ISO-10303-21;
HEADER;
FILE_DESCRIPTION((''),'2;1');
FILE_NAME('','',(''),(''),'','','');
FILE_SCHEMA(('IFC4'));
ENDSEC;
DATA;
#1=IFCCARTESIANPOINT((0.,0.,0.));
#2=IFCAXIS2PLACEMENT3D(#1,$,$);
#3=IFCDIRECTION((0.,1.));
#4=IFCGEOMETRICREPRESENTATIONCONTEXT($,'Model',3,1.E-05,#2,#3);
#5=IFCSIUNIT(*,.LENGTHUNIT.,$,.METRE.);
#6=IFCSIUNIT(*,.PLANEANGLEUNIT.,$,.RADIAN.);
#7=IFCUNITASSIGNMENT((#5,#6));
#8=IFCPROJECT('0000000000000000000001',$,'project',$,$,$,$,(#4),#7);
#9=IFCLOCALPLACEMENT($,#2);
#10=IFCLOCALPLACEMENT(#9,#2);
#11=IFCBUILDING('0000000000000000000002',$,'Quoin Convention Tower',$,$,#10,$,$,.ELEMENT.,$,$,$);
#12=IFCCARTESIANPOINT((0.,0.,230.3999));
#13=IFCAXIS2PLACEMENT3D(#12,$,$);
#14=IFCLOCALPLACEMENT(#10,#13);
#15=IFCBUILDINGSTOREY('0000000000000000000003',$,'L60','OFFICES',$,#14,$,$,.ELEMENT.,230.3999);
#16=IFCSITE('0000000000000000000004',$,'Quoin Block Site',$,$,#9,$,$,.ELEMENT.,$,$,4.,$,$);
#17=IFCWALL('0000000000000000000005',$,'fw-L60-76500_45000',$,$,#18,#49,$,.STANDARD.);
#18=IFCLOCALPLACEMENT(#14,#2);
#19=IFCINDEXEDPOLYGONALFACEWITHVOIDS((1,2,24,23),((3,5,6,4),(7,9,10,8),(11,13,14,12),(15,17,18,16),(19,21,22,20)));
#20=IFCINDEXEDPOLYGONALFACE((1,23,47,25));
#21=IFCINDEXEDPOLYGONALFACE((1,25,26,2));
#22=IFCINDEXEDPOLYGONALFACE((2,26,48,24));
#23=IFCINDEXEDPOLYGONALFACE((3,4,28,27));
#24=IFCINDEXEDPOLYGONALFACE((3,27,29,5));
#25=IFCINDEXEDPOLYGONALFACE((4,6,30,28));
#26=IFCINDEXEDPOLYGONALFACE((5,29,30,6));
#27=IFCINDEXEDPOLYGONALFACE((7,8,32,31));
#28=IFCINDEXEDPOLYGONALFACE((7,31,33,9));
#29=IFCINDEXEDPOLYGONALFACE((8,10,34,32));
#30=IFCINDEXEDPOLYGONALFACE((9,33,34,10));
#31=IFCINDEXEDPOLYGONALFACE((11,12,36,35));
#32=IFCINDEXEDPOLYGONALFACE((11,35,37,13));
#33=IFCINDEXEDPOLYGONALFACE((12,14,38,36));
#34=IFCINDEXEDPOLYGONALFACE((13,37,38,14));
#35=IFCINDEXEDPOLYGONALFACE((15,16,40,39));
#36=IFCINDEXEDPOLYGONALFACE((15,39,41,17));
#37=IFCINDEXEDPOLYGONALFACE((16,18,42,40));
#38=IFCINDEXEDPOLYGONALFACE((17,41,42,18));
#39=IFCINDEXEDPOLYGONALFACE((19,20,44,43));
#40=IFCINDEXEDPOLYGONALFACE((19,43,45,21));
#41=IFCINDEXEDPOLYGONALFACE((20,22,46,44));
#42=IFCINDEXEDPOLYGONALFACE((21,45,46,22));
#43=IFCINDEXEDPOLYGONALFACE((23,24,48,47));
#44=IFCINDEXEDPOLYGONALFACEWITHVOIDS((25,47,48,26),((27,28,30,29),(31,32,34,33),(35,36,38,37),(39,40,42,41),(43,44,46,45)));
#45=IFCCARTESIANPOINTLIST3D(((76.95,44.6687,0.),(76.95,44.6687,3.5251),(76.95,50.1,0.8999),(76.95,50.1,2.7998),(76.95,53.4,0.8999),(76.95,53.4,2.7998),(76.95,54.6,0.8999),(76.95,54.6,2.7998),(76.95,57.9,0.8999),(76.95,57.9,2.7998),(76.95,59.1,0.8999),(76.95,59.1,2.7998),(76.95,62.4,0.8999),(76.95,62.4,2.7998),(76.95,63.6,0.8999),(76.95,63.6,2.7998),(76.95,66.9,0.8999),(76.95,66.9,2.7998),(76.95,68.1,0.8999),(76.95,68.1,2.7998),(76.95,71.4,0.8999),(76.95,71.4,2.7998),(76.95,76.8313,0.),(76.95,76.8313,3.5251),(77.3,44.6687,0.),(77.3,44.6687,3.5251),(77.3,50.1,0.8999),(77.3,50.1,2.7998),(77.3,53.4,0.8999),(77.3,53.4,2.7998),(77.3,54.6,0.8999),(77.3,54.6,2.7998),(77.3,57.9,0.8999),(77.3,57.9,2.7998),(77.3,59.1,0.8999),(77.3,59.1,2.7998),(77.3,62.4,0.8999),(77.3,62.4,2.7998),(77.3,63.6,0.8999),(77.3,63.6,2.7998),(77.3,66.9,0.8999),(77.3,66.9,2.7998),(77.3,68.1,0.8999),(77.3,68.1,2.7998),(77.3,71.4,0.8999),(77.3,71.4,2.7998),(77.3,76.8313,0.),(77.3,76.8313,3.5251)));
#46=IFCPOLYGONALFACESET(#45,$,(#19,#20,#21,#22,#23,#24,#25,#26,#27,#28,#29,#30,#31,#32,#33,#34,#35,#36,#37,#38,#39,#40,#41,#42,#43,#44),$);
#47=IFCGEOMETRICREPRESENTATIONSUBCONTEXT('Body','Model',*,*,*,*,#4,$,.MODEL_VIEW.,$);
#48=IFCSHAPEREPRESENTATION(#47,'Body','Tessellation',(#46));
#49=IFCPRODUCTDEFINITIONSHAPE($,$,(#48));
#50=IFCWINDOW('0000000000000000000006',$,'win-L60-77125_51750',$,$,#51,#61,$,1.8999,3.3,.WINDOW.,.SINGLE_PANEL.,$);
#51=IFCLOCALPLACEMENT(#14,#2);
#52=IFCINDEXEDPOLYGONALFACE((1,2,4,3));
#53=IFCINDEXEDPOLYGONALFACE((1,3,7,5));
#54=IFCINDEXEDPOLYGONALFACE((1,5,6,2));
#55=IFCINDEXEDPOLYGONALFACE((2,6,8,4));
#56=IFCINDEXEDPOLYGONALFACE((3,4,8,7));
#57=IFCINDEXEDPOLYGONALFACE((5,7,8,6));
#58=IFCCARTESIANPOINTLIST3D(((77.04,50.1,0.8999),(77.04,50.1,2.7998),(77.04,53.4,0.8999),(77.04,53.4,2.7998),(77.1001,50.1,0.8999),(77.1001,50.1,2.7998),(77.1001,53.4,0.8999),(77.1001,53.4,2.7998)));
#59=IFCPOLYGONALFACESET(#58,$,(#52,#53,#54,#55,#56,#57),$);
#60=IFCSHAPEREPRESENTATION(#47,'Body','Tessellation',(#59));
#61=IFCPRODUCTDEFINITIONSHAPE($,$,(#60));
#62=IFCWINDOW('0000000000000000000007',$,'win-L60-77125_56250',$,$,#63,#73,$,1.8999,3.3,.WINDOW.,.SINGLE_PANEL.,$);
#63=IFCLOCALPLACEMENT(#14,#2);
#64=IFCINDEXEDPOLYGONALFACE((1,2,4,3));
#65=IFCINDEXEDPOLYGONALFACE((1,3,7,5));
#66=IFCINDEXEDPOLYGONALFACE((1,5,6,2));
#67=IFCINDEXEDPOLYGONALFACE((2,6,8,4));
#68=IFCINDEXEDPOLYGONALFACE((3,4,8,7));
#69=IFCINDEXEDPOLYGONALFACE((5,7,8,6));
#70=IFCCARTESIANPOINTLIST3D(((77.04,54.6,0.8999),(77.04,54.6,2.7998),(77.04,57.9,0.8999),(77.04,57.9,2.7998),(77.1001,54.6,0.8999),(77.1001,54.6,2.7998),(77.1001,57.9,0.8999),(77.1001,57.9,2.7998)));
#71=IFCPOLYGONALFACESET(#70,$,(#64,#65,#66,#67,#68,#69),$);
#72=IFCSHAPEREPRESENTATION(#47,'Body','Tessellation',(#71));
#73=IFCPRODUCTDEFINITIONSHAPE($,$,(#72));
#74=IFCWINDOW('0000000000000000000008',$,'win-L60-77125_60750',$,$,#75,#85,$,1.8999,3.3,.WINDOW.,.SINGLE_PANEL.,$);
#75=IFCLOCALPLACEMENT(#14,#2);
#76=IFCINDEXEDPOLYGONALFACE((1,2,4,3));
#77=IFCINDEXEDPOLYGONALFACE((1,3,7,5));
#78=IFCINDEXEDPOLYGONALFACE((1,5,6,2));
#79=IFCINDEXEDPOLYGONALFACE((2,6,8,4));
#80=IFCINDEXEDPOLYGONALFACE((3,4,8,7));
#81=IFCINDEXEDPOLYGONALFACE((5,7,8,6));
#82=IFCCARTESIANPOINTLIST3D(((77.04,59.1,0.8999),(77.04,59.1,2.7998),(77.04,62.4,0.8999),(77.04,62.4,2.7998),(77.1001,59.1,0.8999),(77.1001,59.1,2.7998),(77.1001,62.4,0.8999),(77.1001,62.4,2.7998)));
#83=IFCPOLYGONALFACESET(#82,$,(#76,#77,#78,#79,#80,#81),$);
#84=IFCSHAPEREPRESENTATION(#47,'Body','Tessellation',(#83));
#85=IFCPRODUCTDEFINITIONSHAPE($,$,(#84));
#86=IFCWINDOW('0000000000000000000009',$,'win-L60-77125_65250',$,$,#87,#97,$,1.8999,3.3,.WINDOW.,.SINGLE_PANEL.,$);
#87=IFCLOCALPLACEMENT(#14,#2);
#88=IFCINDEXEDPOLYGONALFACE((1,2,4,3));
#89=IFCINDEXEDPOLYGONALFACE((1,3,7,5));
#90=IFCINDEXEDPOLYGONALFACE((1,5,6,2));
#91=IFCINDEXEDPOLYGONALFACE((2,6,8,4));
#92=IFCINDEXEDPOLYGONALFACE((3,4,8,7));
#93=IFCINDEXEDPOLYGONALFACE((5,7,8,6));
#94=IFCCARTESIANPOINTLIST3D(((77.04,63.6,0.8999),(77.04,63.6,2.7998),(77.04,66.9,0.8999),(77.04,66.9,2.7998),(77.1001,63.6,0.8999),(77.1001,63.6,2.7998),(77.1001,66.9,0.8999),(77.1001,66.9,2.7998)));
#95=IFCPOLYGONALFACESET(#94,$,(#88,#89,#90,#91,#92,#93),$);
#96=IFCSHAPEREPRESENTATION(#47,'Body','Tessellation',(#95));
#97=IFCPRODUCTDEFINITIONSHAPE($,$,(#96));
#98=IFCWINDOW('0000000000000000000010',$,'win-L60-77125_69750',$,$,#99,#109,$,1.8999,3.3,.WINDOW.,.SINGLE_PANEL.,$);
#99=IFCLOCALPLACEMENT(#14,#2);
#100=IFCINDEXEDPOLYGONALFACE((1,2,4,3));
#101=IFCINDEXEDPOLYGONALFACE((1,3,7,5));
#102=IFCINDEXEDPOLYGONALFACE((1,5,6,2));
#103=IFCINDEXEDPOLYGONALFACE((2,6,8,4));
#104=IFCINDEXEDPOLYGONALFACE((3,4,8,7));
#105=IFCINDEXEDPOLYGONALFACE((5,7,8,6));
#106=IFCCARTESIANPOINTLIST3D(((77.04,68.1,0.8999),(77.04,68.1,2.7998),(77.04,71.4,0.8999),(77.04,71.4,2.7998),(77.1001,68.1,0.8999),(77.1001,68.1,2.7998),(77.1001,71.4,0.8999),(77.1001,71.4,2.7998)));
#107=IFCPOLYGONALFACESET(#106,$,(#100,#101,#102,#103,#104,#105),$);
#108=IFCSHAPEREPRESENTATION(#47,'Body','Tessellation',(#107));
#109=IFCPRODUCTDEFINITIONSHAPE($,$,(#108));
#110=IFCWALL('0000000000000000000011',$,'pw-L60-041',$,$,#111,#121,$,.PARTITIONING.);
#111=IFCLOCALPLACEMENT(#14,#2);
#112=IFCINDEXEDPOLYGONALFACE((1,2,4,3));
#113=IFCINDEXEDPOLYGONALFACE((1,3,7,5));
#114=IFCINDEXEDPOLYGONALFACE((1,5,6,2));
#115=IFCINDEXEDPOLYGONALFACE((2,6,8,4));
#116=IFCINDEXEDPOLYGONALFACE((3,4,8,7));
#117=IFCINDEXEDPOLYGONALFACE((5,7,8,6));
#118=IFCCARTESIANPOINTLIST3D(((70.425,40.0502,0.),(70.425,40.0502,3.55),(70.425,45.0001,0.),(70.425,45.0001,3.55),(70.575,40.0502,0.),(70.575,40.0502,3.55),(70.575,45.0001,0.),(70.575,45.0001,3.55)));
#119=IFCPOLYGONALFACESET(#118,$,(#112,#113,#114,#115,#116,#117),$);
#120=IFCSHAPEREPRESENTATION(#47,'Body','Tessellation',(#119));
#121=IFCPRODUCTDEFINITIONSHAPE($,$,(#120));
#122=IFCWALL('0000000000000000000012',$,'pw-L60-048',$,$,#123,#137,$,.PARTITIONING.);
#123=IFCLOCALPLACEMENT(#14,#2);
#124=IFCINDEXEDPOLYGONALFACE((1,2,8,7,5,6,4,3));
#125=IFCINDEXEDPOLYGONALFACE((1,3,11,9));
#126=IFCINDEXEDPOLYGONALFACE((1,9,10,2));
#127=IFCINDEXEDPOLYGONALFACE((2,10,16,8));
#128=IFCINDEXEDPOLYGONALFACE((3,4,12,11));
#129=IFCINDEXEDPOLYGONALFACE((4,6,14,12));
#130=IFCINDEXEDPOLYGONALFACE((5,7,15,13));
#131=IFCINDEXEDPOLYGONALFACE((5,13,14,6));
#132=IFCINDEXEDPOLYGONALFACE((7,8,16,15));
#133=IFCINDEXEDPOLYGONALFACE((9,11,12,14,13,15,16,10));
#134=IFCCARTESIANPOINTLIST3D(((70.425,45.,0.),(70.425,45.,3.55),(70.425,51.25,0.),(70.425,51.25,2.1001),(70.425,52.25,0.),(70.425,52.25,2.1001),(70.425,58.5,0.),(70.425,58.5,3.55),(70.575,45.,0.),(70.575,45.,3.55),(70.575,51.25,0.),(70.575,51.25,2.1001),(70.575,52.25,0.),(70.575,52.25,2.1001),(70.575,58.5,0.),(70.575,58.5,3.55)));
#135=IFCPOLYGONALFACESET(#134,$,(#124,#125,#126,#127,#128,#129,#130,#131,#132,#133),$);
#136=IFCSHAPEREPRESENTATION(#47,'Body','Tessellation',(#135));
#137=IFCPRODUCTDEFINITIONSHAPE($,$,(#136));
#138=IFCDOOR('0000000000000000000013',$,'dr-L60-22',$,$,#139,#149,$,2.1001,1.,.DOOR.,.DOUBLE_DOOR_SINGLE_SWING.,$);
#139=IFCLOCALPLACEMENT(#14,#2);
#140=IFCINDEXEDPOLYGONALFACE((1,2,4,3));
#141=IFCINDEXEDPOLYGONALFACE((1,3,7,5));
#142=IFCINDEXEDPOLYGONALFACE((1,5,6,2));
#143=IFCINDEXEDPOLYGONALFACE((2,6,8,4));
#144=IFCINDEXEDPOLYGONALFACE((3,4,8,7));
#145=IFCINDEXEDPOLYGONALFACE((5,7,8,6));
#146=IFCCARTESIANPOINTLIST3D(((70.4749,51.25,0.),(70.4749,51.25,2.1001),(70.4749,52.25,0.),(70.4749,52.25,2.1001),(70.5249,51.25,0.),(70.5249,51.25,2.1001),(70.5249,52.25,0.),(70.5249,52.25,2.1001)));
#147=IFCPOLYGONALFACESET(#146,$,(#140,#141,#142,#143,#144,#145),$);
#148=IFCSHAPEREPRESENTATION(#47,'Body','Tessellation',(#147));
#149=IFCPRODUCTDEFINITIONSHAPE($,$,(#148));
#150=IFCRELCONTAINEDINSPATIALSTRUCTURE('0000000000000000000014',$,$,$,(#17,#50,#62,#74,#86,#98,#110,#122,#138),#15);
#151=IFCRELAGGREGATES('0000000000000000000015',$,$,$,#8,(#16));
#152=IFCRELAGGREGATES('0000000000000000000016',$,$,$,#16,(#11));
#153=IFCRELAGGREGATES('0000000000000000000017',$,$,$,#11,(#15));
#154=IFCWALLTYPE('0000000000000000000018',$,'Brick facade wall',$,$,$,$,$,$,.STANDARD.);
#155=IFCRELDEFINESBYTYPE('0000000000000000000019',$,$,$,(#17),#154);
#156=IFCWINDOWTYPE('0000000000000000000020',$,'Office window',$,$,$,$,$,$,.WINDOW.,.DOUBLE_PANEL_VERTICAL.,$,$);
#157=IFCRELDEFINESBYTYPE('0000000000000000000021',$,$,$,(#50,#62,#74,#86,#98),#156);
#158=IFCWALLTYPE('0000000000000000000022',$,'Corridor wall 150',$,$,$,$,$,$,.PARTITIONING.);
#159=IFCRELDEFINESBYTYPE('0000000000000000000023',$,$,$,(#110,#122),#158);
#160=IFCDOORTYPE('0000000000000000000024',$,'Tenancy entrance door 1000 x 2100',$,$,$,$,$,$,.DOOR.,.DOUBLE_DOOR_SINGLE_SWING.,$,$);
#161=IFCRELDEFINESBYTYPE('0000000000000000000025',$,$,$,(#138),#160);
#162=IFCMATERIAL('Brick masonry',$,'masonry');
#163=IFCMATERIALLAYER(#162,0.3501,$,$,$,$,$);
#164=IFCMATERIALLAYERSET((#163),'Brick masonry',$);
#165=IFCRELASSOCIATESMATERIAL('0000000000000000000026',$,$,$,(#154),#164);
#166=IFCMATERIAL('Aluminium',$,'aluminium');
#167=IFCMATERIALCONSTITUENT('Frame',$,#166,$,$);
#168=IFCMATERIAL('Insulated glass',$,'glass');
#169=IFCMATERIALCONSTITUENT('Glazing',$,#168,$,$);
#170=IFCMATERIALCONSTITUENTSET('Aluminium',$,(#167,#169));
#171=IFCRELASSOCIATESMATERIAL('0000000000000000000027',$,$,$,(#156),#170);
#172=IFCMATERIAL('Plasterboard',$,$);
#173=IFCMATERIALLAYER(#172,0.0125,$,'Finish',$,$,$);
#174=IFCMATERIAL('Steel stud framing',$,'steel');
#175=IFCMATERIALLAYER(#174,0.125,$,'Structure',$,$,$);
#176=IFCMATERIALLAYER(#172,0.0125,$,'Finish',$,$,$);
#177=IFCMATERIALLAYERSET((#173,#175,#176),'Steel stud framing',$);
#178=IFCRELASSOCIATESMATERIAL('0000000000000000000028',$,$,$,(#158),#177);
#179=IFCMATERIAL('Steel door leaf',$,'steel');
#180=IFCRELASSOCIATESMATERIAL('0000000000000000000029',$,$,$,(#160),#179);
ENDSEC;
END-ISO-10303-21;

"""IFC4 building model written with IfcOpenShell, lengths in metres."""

from ifc_helpers import new_model, si_unit, direction, frame, frame_2d, origin, place, context, subcontext, project, spatial, rectangle, extrude, material, layer, layer_set, constituent, constituent_set, type_object, element, fill, save


model = new_model("IFC4")

# Units and contexts
model_context = context("Model", 3, precision=1e-05, world=origin(), true_north=direction((0.0, 1.0)))
body_context = subcontext(model_context, "Body", "Model", "MODEL_VIEW")
ifc_project = project(units=[si_unit("LENGTHUNIT", "METRE"), si_unit("PLANEANGLEUNIT", "RADIAN")], contexts=[model_context])

# Site, building, storey
site_placement = place(None, origin())
site = spatial("IfcSite", under=ifc_project, at=site_placement, Name="Quoin Block Site", CompositionType="ELEMENT", RefElevation=4.0)
building_placement = place(site_placement, origin())
building = spatial("IfcBuilding", under=site, at=building_placement, Name="Quoin Convention Tower", CompositionType="ELEMENT")
storey_placement = place(building_placement, frame((0.0, 0.0, 230.3999)))
storey = spatial("IfcBuildingStorey", under=building, at=storey_placement, Name="L60", Description="OFFICES", CompositionType="ELEMENT", Elevation=230.3999)

# Shared definitions
ifc_material_1 = material(Name="Brick masonry", Category="masonry")
ifc_layer_1 = layer(ifc_material_1, 0.3501)
ifc_layer_set_1 = layer_set([ifc_layer_1], Name="Brick masonry")
wall_type_1 = type_object("IfcWallType", Name="Brick facade wall", PredefinedType="STANDARD", material=ifc_layer_set_1)
ifc_material_2 = material(Name="Aluminium", Category="aluminium")
ifc_constituent_1 = constituent(ifc_material_2, Name="Frame")
ifc_material_3 = material(Name="Insulated glass", Category="glass")
ifc_constituent_2 = constituent(ifc_material_3, Name="Glazing")
ifc_constituent_set = constituent_set(constituents=[ifc_constituent_1, ifc_constituent_2], Name="Aluminium")
window_type = type_object("IfcWindowType", Name="Office window", PartitioningType="DOUBLE_PANEL_VERTICAL", PredefinedType="WINDOW", material=ifc_constituent_set)

# Wall, openings, windows
wall_1_placement = place(storey_placement, frame((77.125, 44.6687, 0.0), z_axis=(0.0, 0.0, 1.0), x_axis=(0.0, 1.0, 0.0)))
wall_1 = element("IfcWall", 1, at=wall_1_placement, inside=storey, type_object=wall_type_1, Name="fw-L60-76500_45000", PredefinedType="STANDARD", context=body_context, shape_type="SweptSolid", body=[
    extrude(rectangle(XDim=32.1626, YDim=0.3501, at=frame_2d((16.0813, 0.0))), origin(), (0.0, 0.0, 1.0), 3.5251),
])
opening_1_placement = place(wall_1_placement, frame((5.4314, 0.0, 0.8999)))
opening_1 = element("IfcOpeningElement", 2, at=opening_1_placement, cuts=wall_1, PredefinedType="OPENING", context=body_context, shape_type="SweptSolid", body=[
    extrude(rectangle(XDim=3.3, YDim=1.8999, at=frame_2d((1.6499, 0.95))), frame((0.0, 0.1851, 0.0), z_axis=(0.0, -1.0, 0.0), x_axis=(1.0, 0.0, 0.0)), (0.0, 0.0, 1.0), 0.3701),
])
opening_2_placement = place(wall_1_placement, frame((9.9314, 0.0, 0.8999)))
opening_2 = element("IfcOpeningElement", 3, at=opening_2_placement, cuts=wall_1, PredefinedType="OPENING", context=body_context, shape_type="SweptSolid", body=[
    extrude(rectangle(XDim=3.3, YDim=1.8999, at=frame_2d((1.6499, 0.95))), frame((0.0, 0.1851, 0.0), z_axis=(0.0, -1.0, 0.0), x_axis=(1.0, 0.0, 0.0)), (0.0, 0.0, 1.0), 0.3701),
])
opening_3_placement = place(wall_1_placement, frame((14.4314, 0.0, 0.8999)))
opening_3 = element("IfcOpeningElement", 4, at=opening_3_placement, cuts=wall_1, PredefinedType="OPENING", context=body_context, shape_type="SweptSolid", body=[
    extrude(rectangle(XDim=3.3, YDim=1.8999, at=frame_2d((1.6499, 0.95))), frame((0.0, 0.1851, 0.0), z_axis=(0.0, -1.0, 0.0), x_axis=(1.0, 0.0, 0.0)), (0.0, 0.0, 1.0), 0.3701),
])
opening_4_placement = place(wall_1_placement, frame((18.9314, 0.0, 0.8999)))
opening_4 = element("IfcOpeningElement", 5, at=opening_4_placement, cuts=wall_1, PredefinedType="OPENING", context=body_context, shape_type="SweptSolid", body=[
    extrude(rectangle(XDim=3.3, YDim=1.8999, at=frame_2d((1.6499, 0.95))), frame((0.0, 0.1851, 0.0), z_axis=(0.0, -1.0, 0.0), x_axis=(1.0, 0.0, 0.0)), (0.0, 0.0, 1.0), 0.3701),
])
opening_5_placement = place(wall_1_placement, frame((23.4314, 0.0, 0.8999)))
opening_5 = element("IfcOpeningElement", 6, at=opening_5_placement, cuts=wall_1, PredefinedType="OPENING", context=body_context, shape_type="SweptSolid", body=[
    extrude(rectangle(XDim=3.3, YDim=1.8999, at=frame_2d((1.6499, 0.95))), frame((0.0, 0.1851, 0.0), z_axis=(0.0, -1.0, 0.0), x_axis=(1.0, 0.0, 0.0)), (0.0, 0.0, 1.0), 0.3701),
])
window_1_placement = place(opening_1_placement, origin())
window_1 = element("IfcWindow", 7, at=window_1_placement, inside=storey, type_object=window_type, Name="win-L60-77125_51750", OverallHeight=1.8999, OverallWidth=3.3, PartitioningType="SINGLE_PANEL", PredefinedType="WINDOW", context=body_context, shape_type="SweptSolid", body=[
    extrude(rectangle(XDim=3.3, YDim=1.8999, at=frame_2d((1.6499, 0.95))), frame((0.0, 0.085, 0.0), z_axis=(0.0, -1.0, 0.0), x_axis=(1.0, 0.0, 0.0)), (0.0, 0.0, 1.0), 0.0601),
])
fill(opening_1, window_1)
window_2_placement = place(opening_2_placement, origin())
window_2 = element("IfcWindow", 8, at=window_2_placement, inside=storey, type_object=window_type, Name="win-L60-77125_56250", OverallHeight=1.8999, OverallWidth=3.3, PartitioningType="SINGLE_PANEL", PredefinedType="WINDOW", context=body_context, shape_type="SweptSolid", body=[
    extrude(rectangle(XDim=3.3, YDim=1.8999, at=frame_2d((1.6499, 0.95))), frame((0.0, 0.085, 0.0), z_axis=(0.0, -1.0, 0.0), x_axis=(1.0, 0.0, 0.0)), (0.0, 0.0, 1.0), 0.0601),
])
fill(opening_2, window_2)
window_3_placement = place(opening_3_placement, origin())
window_3 = element("IfcWindow", 9, at=window_3_placement, inside=storey, type_object=window_type, Name="win-L60-77125_60750", OverallHeight=1.8999, OverallWidth=3.3, PartitioningType="SINGLE_PANEL", PredefinedType="WINDOW", context=body_context, shape_type="SweptSolid", body=[
    extrude(rectangle(XDim=3.3, YDim=1.8999, at=frame_2d((1.6499, 0.95))), frame((0.0, 0.085, 0.0), z_axis=(0.0, -1.0, 0.0), x_axis=(1.0, 0.0, 0.0)), (0.0, 0.0, 1.0), 0.0601),
])
fill(opening_3, window_3)
window_4_placement = place(opening_4_placement, origin())
window_4 = element("IfcWindow", 10, at=window_4_placement, inside=storey, type_object=window_type, Name="win-L60-77125_65250", OverallHeight=1.8999, OverallWidth=3.3, PartitioningType="SINGLE_PANEL", PredefinedType="WINDOW", context=body_context, shape_type="SweptSolid", body=[
    extrude(rectangle(XDim=3.3, YDim=1.8999, at=frame_2d((1.6499, 0.95))), frame((0.0, 0.085, 0.0), z_axis=(0.0, -1.0, 0.0), x_axis=(1.0, 0.0, 0.0)), (0.0, 0.0, 1.0), 0.0601),
])
fill(opening_4, window_4)
window_5_placement = place(opening_5_placement, origin())
window_5 = element("IfcWindow", 11, at=window_5_placement, inside=storey, type_object=window_type, Name="win-L60-77125_69750", OverallHeight=1.8999, OverallWidth=3.3, PartitioningType="SINGLE_PANEL", PredefinedType="WINDOW", context=body_context, shape_type="SweptSolid", body=[
    extrude(rectangle(XDim=3.3, YDim=1.8999, at=frame_2d((1.6499, 0.95))), frame((0.0, 0.085, 0.0), z_axis=(0.0, -1.0, 0.0), x_axis=(1.0, 0.0, 0.0)), (0.0, 0.0, 1.0), 0.0601),
])
fill(opening_5, window_5)

# Wall
ifc_material_4 = material(Name="Plasterboard")
ifc_layer_2 = layer(ifc_material_4, 0.0125, Name="Finish")
ifc_material_5 = material(Name="Steel stud framing", Category="steel")
ifc_layer_3 = layer(ifc_material_5, 0.125, Name="Structure")
ifc_layer_4 = layer(ifc_material_4, 0.0125, Name="Finish")
ifc_layer_set_2 = layer_set([ifc_layer_2, ifc_layer_3, ifc_layer_4], Name="Steel stud framing")
wall_type_2 = type_object("IfcWallType", Name="Corridor wall 150", PredefinedType="PARTITIONING", material=ifc_layer_set_2)
wall_2_placement = place(storey_placement, frame((70.5, 40.05, 0.0), z_axis=(0.0, 0.0, 1.0), x_axis=(0.0, 1.0, 0.0)))
element("IfcWall", 12, at=wall_2_placement, inside=storey, type_object=wall_type_2, Name="pw-L60-041", PredefinedType="PARTITIONING", context=body_context, shape_type="SweptSolid", body=[
    extrude(rectangle(XDim=4.95, YDim=0.1499, at=frame_2d((2.4751, 0.0))), origin(), (0.0, 0.0, 1.0), 3.55),
])

# Wall, opening, door
wall_3_placement = place(storey_placement, frame((70.5, 45.0, 0.0), z_axis=(0.0, 0.0, 1.0), x_axis=(0.0, 1.0, 0.0)))
wall_3 = element("IfcWall", 13, at=wall_3_placement, inside=storey, type_object=wall_type_2, Name="pw-L60-048", PredefinedType="PARTITIONING", context=body_context, shape_type="SweptSolid", body=[
    extrude(rectangle(XDim=13.5, YDim=0.1499, at=frame_2d((6.75, 0.0))), origin(), (0.0, 0.0, 1.0), 3.55),
])
opening_6_placement = place(wall_3_placement, frame((6.25, 0.0, 0.0)))
opening_6 = element("IfcOpeningElement", 14, at=opening_6_placement, cuts=wall_3, PredefinedType="OPENING", context=body_context, shape_type="SweptSolid", body=[
    extrude(rectangle(XDim=1.0, YDim=2.1001, at=frame_2d((0.5, 1.05))), frame((0.0, 0.085, 0.0), z_axis=(0.0, -1.0, 0.0), x_axis=(1.0, 0.0, 0.0)), (0.0, 0.0, 1.0), 0.1699),
])
ifc_material_6 = material(Name="Steel door leaf", Category="steel")
door_type_1 = type_object("IfcDoorType", Name="Tenancy entrance door 1000 x 2100", OperationType="DOUBLE_DOOR_SINGLE_SWING", PredefinedType="DOOR", material=ifc_material_6)
door_1_placement = place(opening_6_placement, frame((1.0, 0.0, 0.0), z_axis=(0.0, 0.0, 1.0), x_axis=(-1.0, 0.0, 0.0)))
door_1 = element("IfcDoor", 15, at=door_1_placement, inside=storey, type_object=door_type_1, Name="dr-L60-22", OperationType="DOUBLE_DOOR_SINGLE_SWING", OverallHeight=2.1001, OverallWidth=1.0, PredefinedType="DOOR", context=body_context, shape_type="SweptSolid", body=[
    extrude(rectangle(XDim=1.0, YDim=2.1001, at=frame_2d((0.5, 1.05))), frame((0.0, 0.0249, 0.0), z_axis=(0.0, -1.0, 0.0), x_axis=(1.0, 0.0, 0.0)), (0.0, 0.0, 1.0), 0.05),
])
fill(opening_6, door_1)

save(model, "model.ifc")
